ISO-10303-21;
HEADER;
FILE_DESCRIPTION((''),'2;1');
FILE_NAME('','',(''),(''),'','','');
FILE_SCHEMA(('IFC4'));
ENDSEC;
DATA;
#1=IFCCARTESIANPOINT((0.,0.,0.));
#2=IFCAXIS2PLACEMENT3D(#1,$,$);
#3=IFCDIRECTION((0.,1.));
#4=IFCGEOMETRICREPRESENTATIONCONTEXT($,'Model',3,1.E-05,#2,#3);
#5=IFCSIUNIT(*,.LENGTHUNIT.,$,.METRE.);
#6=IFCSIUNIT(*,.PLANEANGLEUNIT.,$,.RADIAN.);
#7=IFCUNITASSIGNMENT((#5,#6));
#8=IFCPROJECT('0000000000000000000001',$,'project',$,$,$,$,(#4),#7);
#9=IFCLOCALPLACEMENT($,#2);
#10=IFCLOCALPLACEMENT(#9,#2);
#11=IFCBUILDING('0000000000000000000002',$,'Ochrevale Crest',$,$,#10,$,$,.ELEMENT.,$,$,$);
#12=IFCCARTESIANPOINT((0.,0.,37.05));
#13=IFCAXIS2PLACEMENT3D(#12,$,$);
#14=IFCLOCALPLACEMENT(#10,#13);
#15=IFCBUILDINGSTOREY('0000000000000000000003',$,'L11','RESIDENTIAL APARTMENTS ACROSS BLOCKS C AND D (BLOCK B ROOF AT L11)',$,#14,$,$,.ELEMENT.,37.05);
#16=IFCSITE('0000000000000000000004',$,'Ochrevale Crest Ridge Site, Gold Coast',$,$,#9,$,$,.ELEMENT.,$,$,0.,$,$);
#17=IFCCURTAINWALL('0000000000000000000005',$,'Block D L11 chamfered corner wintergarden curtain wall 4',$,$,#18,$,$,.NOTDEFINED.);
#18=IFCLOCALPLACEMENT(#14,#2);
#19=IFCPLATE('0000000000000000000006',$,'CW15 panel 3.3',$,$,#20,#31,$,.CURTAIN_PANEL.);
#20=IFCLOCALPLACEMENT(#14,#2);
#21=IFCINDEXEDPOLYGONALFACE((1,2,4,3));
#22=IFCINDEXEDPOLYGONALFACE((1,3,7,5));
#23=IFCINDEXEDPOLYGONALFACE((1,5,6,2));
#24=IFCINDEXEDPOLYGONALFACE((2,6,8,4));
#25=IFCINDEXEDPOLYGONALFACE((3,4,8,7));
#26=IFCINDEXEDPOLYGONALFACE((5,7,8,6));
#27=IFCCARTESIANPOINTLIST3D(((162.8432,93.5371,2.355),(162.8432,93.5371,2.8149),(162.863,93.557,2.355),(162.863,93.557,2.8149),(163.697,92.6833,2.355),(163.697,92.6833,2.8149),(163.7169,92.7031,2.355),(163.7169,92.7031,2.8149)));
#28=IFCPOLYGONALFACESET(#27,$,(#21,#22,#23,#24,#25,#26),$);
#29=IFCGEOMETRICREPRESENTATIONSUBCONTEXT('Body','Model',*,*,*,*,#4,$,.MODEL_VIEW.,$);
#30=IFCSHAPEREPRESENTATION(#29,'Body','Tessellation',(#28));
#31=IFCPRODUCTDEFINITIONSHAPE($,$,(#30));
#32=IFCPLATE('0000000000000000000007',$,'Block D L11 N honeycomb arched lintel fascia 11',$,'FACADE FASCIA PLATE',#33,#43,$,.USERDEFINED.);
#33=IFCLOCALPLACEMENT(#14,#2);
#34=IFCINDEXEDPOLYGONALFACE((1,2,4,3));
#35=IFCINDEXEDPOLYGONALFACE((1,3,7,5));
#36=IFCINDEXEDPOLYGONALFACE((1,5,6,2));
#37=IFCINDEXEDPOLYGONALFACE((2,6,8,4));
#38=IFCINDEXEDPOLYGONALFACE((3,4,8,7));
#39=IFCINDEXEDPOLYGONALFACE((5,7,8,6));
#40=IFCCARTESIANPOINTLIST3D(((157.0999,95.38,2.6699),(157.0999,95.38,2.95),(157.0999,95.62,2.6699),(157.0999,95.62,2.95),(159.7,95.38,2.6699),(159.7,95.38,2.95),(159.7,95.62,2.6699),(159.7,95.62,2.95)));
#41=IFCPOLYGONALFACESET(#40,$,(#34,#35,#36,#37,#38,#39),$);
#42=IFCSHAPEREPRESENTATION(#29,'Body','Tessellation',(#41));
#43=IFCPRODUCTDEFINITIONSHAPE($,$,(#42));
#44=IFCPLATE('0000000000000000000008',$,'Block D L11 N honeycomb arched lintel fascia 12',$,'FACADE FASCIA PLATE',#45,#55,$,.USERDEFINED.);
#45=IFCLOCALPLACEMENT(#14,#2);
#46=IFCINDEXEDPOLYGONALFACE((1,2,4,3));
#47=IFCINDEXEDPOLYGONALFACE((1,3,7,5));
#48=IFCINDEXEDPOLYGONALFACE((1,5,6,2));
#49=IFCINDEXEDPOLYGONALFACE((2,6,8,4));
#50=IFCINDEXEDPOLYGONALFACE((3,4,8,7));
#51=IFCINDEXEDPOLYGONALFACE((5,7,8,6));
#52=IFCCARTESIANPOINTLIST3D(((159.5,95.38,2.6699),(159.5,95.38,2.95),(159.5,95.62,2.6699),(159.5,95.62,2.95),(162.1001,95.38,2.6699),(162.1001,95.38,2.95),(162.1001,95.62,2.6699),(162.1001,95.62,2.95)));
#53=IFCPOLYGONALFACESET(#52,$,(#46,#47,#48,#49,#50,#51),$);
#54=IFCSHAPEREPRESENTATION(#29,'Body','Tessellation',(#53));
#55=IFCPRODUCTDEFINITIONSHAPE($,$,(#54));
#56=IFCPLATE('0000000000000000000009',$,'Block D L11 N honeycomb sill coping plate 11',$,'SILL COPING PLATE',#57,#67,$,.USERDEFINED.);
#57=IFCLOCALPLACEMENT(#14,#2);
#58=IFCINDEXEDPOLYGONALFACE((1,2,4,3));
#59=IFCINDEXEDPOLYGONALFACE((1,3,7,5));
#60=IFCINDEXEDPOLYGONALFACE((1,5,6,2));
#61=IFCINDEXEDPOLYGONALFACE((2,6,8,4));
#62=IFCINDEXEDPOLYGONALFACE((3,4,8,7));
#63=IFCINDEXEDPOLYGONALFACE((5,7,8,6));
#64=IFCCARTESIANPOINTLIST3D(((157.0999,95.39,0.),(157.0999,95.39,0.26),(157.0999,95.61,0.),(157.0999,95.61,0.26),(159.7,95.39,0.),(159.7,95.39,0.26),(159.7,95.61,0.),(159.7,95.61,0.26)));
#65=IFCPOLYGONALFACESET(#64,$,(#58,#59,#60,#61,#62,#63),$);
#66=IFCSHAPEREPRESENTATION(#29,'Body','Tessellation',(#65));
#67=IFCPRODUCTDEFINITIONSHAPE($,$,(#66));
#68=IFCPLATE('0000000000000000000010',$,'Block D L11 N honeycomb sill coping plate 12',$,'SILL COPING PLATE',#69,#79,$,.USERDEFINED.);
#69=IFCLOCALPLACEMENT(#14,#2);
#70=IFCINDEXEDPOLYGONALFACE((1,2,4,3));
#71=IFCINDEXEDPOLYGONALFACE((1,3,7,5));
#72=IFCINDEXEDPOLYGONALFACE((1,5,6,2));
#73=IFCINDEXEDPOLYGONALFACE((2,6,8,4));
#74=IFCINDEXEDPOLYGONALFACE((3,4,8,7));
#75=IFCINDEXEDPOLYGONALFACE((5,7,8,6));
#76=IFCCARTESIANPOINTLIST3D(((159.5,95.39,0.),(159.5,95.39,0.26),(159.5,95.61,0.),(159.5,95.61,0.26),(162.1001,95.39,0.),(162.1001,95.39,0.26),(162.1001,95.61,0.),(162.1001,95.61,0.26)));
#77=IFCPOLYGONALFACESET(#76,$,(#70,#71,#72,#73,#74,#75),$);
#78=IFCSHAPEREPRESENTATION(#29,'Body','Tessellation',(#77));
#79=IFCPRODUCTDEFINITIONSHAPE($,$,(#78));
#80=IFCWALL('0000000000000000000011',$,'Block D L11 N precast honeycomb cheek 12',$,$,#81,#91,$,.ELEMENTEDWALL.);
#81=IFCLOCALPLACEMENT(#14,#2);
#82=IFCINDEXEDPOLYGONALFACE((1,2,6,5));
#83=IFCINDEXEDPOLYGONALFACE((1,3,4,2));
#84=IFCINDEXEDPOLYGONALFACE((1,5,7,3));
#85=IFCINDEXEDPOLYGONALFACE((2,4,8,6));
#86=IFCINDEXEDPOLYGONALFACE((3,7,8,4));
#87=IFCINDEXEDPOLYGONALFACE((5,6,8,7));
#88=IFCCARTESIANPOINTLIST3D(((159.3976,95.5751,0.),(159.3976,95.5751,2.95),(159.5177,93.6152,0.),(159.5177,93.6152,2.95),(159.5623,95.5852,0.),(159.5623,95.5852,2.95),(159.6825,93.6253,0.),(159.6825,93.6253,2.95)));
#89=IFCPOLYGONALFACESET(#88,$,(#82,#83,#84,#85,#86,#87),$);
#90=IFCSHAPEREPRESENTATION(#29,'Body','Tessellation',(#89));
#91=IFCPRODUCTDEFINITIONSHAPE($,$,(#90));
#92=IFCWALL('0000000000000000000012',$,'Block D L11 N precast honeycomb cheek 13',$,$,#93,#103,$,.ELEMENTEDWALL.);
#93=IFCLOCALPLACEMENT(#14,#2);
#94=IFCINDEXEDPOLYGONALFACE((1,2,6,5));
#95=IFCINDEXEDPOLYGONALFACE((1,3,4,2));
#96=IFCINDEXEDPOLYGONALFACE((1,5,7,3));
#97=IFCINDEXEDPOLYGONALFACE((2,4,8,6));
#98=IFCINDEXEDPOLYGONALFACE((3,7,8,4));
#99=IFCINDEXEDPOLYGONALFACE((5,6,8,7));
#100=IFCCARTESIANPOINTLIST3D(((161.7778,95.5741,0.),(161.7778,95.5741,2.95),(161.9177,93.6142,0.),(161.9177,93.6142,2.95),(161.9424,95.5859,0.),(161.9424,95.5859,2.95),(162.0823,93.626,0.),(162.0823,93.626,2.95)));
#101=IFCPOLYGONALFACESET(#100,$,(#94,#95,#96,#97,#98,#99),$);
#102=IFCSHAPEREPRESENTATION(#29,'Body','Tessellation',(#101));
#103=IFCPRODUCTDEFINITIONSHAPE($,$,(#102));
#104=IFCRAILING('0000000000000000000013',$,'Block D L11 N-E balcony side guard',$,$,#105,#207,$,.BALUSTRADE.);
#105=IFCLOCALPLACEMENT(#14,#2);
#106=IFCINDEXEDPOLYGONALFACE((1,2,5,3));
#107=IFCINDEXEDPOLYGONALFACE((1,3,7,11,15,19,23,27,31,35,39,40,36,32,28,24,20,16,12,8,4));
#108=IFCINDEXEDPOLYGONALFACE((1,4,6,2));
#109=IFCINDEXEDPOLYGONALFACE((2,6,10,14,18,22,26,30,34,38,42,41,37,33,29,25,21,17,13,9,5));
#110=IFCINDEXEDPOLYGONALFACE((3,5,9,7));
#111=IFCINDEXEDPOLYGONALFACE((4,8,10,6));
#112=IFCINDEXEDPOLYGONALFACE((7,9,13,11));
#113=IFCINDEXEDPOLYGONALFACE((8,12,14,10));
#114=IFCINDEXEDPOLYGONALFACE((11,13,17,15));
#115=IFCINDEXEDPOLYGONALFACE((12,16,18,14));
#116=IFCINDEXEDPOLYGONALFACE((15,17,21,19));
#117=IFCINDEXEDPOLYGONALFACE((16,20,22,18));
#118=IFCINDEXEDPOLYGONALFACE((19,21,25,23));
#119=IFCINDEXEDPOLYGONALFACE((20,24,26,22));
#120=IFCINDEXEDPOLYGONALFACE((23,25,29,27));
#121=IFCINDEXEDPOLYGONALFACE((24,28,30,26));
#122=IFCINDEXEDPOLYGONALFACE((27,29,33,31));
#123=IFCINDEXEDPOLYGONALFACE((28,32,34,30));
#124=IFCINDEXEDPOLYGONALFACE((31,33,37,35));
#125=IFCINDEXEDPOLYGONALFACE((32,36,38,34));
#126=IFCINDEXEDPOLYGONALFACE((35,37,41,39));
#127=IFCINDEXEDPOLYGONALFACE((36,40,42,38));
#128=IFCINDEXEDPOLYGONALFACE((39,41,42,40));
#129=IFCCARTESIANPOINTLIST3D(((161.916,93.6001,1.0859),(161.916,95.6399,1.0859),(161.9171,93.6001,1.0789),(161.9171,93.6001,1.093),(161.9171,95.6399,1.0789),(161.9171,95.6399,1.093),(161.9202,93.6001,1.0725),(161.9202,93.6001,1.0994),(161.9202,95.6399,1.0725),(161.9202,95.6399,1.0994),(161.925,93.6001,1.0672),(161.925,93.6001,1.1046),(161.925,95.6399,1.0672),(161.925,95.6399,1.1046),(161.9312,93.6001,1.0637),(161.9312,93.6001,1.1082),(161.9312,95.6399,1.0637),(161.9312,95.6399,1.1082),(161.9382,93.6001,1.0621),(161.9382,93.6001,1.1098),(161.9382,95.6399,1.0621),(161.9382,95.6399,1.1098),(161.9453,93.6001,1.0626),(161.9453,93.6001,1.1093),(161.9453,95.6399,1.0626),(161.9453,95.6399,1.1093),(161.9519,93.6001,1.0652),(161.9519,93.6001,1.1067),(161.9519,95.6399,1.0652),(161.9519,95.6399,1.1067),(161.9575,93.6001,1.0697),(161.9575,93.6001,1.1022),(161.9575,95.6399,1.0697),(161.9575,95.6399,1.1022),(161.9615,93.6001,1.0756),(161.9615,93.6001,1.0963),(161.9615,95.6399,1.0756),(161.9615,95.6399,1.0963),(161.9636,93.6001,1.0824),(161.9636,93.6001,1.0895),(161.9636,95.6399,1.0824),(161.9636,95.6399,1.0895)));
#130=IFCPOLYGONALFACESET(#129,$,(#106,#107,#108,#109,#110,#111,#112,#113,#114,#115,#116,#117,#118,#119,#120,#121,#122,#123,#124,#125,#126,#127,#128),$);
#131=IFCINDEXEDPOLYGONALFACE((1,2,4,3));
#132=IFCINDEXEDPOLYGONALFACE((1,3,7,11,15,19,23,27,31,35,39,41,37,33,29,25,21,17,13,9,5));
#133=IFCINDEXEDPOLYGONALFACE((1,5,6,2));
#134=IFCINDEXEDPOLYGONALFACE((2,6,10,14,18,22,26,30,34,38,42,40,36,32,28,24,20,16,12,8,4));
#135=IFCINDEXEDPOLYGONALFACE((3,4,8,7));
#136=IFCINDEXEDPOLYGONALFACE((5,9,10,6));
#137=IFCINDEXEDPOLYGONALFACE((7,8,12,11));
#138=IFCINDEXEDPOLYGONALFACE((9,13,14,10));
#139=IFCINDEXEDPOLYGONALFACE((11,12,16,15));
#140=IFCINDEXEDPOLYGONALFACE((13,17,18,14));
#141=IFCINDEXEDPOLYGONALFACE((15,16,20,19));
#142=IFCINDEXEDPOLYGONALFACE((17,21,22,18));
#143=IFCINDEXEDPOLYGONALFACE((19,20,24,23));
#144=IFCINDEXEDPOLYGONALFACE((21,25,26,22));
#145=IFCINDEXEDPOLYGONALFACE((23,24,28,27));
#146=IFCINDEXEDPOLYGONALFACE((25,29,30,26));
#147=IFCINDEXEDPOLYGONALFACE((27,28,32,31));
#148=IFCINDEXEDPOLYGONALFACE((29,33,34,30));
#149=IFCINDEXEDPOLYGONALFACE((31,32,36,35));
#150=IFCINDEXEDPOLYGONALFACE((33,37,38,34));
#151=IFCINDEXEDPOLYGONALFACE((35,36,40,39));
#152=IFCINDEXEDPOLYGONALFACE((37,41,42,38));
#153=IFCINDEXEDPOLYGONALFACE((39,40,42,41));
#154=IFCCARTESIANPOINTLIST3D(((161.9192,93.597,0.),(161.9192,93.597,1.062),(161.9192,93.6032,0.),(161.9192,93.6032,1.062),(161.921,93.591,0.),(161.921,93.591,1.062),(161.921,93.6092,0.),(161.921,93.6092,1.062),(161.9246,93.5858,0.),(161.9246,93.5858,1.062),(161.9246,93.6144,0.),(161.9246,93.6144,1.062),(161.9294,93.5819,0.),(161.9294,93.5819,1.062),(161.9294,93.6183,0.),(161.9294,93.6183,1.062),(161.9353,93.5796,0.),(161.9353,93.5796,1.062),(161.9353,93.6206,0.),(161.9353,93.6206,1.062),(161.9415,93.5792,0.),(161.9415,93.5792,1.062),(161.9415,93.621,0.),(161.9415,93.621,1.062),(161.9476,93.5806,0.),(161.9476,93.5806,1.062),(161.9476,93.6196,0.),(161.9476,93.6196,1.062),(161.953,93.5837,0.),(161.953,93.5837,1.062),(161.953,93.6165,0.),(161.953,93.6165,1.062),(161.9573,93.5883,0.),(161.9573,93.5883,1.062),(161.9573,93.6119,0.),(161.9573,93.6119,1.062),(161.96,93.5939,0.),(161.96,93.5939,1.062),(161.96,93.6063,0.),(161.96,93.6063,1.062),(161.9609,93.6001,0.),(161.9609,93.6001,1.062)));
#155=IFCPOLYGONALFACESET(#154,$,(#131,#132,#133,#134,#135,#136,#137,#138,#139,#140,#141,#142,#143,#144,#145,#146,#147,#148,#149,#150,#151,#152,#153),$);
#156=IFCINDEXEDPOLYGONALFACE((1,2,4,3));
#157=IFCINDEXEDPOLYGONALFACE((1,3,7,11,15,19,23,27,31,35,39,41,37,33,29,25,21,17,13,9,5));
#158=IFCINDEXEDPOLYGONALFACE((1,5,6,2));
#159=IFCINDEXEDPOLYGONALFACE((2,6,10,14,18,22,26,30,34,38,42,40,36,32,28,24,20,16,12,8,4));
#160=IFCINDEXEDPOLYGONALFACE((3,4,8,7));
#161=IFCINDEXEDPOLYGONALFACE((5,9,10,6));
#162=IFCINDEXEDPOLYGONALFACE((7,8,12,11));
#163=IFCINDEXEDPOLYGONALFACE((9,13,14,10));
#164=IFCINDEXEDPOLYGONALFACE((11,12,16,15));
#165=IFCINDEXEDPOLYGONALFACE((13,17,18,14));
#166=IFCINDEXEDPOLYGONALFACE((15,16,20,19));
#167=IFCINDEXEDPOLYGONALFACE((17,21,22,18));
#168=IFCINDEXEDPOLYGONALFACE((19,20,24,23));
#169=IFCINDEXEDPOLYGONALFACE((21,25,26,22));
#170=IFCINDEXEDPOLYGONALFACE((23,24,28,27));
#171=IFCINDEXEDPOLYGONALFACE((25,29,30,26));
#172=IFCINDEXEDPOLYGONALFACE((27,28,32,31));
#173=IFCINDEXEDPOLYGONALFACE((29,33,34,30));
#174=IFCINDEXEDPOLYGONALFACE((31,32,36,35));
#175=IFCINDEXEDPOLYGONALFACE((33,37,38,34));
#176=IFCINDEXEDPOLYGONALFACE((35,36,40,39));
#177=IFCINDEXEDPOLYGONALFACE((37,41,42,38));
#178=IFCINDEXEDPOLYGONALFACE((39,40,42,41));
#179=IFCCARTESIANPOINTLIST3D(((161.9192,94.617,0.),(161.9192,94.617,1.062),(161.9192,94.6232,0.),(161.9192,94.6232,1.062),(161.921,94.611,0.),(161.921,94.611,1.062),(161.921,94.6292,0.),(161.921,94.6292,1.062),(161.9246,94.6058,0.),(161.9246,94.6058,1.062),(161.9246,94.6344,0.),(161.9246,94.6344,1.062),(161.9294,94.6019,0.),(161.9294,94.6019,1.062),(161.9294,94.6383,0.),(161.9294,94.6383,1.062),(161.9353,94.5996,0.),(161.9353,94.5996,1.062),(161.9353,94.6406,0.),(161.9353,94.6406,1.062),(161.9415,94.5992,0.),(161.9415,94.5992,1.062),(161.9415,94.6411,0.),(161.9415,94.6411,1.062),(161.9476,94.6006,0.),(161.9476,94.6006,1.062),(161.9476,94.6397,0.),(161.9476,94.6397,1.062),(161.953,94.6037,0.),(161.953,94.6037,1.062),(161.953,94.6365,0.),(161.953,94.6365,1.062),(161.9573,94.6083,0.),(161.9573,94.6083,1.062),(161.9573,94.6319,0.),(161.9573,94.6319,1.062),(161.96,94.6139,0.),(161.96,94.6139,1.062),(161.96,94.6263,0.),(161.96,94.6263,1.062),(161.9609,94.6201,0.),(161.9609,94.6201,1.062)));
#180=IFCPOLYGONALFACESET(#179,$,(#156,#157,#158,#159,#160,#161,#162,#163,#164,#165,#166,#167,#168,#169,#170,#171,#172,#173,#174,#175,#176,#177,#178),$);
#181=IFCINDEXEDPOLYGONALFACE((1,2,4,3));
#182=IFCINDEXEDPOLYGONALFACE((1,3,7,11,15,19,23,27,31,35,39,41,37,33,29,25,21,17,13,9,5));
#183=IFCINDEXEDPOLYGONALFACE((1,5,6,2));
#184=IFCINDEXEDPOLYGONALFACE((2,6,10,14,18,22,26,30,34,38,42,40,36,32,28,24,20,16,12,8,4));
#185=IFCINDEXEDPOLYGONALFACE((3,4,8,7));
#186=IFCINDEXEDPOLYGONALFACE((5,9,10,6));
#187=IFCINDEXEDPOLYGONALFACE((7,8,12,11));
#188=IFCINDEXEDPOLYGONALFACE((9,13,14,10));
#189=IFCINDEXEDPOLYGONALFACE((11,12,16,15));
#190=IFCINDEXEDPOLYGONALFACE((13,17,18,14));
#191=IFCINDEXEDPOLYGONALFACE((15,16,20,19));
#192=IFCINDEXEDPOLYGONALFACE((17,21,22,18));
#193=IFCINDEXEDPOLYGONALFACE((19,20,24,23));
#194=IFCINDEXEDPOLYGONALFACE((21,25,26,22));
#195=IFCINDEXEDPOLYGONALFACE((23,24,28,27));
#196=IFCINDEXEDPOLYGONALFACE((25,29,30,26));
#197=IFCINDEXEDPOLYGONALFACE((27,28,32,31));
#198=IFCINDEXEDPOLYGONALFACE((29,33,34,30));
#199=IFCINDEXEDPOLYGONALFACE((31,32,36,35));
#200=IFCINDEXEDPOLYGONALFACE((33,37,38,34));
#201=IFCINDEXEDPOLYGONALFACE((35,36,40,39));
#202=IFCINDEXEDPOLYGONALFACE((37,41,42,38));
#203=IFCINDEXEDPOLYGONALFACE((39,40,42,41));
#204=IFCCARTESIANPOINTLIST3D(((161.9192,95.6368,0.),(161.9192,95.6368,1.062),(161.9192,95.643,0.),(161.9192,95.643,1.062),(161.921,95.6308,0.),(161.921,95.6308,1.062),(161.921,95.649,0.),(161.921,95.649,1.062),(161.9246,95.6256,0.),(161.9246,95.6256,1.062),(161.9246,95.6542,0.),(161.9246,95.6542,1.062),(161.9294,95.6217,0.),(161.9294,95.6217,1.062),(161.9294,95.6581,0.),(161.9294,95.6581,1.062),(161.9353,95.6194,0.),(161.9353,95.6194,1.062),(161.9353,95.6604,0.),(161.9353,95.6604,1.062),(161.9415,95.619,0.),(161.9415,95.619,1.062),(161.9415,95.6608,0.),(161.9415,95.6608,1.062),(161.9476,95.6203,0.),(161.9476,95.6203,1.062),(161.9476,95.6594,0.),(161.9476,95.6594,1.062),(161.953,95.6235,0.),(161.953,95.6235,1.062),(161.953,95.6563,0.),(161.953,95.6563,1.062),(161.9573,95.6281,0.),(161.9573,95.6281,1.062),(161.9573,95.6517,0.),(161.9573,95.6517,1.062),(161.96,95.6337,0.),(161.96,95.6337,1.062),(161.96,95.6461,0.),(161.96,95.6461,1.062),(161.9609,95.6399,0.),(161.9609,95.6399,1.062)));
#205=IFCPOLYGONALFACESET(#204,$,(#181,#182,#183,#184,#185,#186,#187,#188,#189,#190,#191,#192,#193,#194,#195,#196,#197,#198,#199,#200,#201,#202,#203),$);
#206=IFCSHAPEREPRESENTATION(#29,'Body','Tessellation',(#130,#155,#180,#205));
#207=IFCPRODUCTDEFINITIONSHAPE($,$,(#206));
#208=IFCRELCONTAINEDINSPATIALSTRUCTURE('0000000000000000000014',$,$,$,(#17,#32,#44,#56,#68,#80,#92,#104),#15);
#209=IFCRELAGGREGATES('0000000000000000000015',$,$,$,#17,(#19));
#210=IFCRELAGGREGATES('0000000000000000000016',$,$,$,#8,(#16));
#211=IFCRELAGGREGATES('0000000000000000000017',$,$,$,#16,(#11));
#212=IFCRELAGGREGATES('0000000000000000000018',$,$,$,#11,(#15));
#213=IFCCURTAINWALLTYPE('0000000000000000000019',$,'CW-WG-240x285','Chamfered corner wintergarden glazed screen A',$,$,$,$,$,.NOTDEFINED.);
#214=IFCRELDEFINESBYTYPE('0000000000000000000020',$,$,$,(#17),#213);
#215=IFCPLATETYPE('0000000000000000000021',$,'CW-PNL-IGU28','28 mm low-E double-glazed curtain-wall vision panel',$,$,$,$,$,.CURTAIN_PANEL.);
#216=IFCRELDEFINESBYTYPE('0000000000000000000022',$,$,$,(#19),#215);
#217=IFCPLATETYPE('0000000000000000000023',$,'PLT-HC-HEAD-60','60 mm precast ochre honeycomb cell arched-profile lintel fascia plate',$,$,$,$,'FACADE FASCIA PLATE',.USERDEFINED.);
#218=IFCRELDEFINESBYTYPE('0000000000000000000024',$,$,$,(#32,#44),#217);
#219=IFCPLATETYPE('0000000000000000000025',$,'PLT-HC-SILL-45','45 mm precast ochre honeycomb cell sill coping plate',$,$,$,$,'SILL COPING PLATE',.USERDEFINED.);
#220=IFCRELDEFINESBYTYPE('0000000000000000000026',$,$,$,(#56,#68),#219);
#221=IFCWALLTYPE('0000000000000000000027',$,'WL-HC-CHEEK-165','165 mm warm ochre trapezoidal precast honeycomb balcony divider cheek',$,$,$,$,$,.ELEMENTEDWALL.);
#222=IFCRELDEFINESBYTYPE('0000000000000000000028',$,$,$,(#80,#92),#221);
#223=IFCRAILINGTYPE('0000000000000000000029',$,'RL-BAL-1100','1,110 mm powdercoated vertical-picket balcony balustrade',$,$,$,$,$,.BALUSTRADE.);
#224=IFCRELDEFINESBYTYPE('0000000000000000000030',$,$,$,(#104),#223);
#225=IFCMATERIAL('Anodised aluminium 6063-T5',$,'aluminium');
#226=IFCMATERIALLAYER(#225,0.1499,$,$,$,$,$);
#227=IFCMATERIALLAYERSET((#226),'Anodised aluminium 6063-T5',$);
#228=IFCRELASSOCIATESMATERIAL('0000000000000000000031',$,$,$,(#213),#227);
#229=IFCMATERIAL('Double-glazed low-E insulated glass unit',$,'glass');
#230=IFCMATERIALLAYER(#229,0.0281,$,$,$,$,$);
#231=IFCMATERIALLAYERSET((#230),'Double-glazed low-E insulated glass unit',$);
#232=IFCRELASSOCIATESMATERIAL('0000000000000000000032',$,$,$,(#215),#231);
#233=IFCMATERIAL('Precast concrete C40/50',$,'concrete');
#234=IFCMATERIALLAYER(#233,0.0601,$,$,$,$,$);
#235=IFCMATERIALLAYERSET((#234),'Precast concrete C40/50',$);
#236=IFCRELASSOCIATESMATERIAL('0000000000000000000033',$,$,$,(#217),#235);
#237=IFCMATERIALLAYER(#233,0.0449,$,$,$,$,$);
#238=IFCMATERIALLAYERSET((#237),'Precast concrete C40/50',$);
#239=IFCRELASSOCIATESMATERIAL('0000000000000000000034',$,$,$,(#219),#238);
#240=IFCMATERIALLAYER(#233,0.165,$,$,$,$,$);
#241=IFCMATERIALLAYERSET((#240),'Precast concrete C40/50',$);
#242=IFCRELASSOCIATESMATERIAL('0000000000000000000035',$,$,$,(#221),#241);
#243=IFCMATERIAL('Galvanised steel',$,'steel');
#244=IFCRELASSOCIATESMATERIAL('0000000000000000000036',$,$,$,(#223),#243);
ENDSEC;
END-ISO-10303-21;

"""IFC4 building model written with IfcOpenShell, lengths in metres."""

from ifc_helpers import new_model, si_unit, direction, frame, frame_2d, origin, origin_2d, place, context, subcontext, project, spatial, rectangle, circle, extrude, material, layer, layer_set, type_object, element, aggregate, save


model = new_model("IFC4")

# Units and contexts
model_context = context("Model", 3, precision=1e-05, world=origin(), true_north=direction((0.0, 1.0)))
body_context = subcontext(model_context, "Body", "Model", "MODEL_VIEW")
ifc_project = project(units=[si_unit("LENGTHUNIT", "METRE"), si_unit("PLANEANGLEUNIT", "RADIAN")], contexts=[model_context])

# Site, building, storey
site_placement = place(None, origin())
site = spatial("IfcSite", under=ifc_project, at=site_placement, Name="Ochrevale Crest Ridge Site, Gold Coast", CompositionType="ELEMENT", RefElevation=0.0)
building_placement = place(site_placement, origin())
building = spatial("IfcBuilding", under=site, at=building_placement, Name="Ochrevale Crest", CompositionType="ELEMENT")
storey_placement = place(building_placement, frame((0.0, 0.0, 37.05)))
storey = spatial("IfcBuildingStorey", under=building, at=storey_placement, Name="L11", Description="RESIDENTIAL APARTMENTS ACROSS BLOCKS C AND D (BLOCK B ROOF AT L11)", CompositionType="ELEMENT", Elevation=37.05)

# Shared definitions
ifc_material_1 = material(Name="Precast concrete C40/50", Category="concrete")

# Curtain wall, plate
ifc_material_2 = material(Name="Anodised aluminium 6063-T5", Category="aluminium")
ifc_layer_1 = layer(ifc_material_2, 0.1499)
ifc_layer_set_1 = layer_set([ifc_layer_1], Name="Anodised aluminium 6063-T5")
curtain_wall_type = type_object("IfcCurtainWallType", Name="CW-WG-240x285", Description="Chamfered corner wintergarden glazed screen A", PredefinedType="NOTDEFINED", material=ifc_layer_set_1)
curtain_wall_placement = place(storey_placement, origin())
curtain_wall = element("IfcCurtainWall", 1, at=curtain_wall_placement, inside=storey, type_object=curtain_wall_type, Name="Block D L11 chamfered corner wintergarden curtain wall 4", PredefinedType="NOTDEFINED")
ifc_material_3 = material(Name="Double-glazed low-E insulated glass unit", Category="glass")
ifc_layer_2 = layer(ifc_material_3, 0.0281)
ifc_layer_set_2 = layer_set([ifc_layer_2], Name="Double-glazed low-E insulated glass unit")
plate_type_1 = type_object("IfcPlateType", Name="CW-PNL-IGU28", Description="28 mm low-E double-glazed curtain-wall vision panel", PredefinedType="CURTAIN_PANEL", material=ifc_layer_set_2)
plate_1_placement = place(storey_placement, frame((163.28, 93.1201, 2.355), z_axis=(0.0, 0.0, 1.0), x_axis=(-0.707107, 0.707107, 0.0)))
plate_1 = element("IfcPlate", 2, at=plate_1_placement, type_object=plate_type_1, Name="CW15 panel 3.3", PredefinedType="CURTAIN_PANEL", context=body_context, shape_type="SweptSolid", body=[
    extrude(rectangle(XDim=1.2075, YDim=0.0281, at=origin_2d()), origin(), (0.0, 0.0, 1.0), 0.46),
])
aggregate(curtain_wall, [plate_1])

# Plates
ifc_layer_3 = layer(ifc_material_1, 0.0601)
ifc_layer_set_3 = layer_set([ifc_layer_3], Name="Precast concrete C40/50")
plate_type_2 = type_object("IfcPlateType", Name="PLT-HC-HEAD-60", Description="60 mm precast ochre honeycomb cell arched-profile lintel fascia plate", ElementType="FACADE FASCIA PLATE", PredefinedType="USERDEFINED", material=ifc_layer_set_3)
for number, where, z_axis, x_axis, name in (
    (3, (158.3999, 95.5, 2.6699), (0.0, 0.0, 1.0), (1.0, 0.0, 0.0), "Block D L11 N honeycomb arched lintel fascia 11"),
    (4, (160.8, 95.5, 2.6699), (0.0, 0.0, 1.0), (1.0, 0.0, 0.0), "Block D L11 N honeycomb arched lintel fascia 12"),
):
    element("IfcPlate", number, at=place(storey_placement, frame(where, z_axis=z_axis, x_axis=x_axis)), inside=storey, type_object=plate_type_2, Name=name, ObjectType="FACADE FASCIA PLATE", PredefinedType="USERDEFINED", context=body_context, shape_type="SweptSolid", body=[
        extrude(rectangle(XDim=2.6001, YDim=0.24, at=origin_2d()), origin(), (0.0, 0.0, 1.0), 0.28),
    ])
ifc_layer_4 = layer(ifc_material_1, 0.0449)
ifc_layer_set_4 = layer_set([ifc_layer_4], Name="Precast concrete C40/50")
plate_type_3 = type_object("IfcPlateType", Name="PLT-HC-SILL-45", Description="45 mm precast ochre honeycomb cell sill coping plate", ElementType="SILL COPING PLATE", PredefinedType="USERDEFINED", material=ifc_layer_set_4)
for number, where, z_axis, x_axis, name in (
    (5, (158.3999, 95.5, 0.0), (0.0, 0.0, 1.0), (1.0, 0.0, 0.0), "Block D L11 N honeycomb sill coping plate 11"),
    (6, (160.8, 95.5, 0.0), (0.0, 0.0, 1.0), (1.0, 0.0, 0.0), "Block D L11 N honeycomb sill coping plate 12"),
):
    element("IfcPlate", number, at=place(storey_placement, frame(where, z_axis=z_axis, x_axis=x_axis)), inside=storey, type_object=plate_type_3, Name=name, ObjectType="SILL COPING PLATE", PredefinedType="USERDEFINED", context=body_context, shape_type="SweptSolid", body=[
        extrude(rectangle(XDim=2.6001, YDim=0.22, at=origin_2d()), origin(), (0.0, 0.0, 1.0), 0.26),
    ])

# Walls
ifc_layer_5 = layer(ifc_material_1, 0.165)
ifc_layer_set_5 = layer_set([ifc_layer_5], Name="Precast concrete C40/50")
wall_type_1 = type_object("IfcWallType", Name="WL-HC-CHEEK-165", Description="165 mm warm ochre trapezoidal precast honeycomb balcony divider cheek", PredefinedType="ELEMENTEDWALL", material=ifc_layer_set_5)
wall_1_placement = place(storey_placement, frame((159.6001, 93.6201, 0.0), z_axis=(0.0, 0.0, 1.0), x_axis=(-0.061171, 0.998127, 0.0)))
element("IfcWall", 7, at=wall_1_placement, inside=storey, type_object=wall_type_1, Name="Block D L11 N precast honeycomb cheek 12", PredefinedType="ELEMENTEDWALL", context=body_context, shape_type="SweptSolid", body=[
    extrude(rectangle(XDim=1.9636, YDim=0.165, at=frame_2d((0.9819, 0.0))), origin(), (0.0, 0.0, 1.0), 2.95),
])
wall_2_placement = place(storey_placement, frame((162.0, 93.6201, 0.0), z_axis=(0.0, 0.0, 1.0), x_axis=(-0.071194, 0.997462, 0.0)))
element("IfcWall", 8, at=wall_2_placement, inside=storey, type_object=wall_type_1, Name="Block D L11 N precast honeycomb cheek 13", PredefinedType="ELEMENTEDWALL", context=body_context, shape_type="SweptSolid", body=[
    extrude(rectangle(XDim=1.9648, YDim=0.165, at=frame_2d((0.9824, 0.0))), origin(), (0.0, 0.0, 1.0), 2.95),
])

# Railing
ifc_material_4 = material(Name="Galvanised steel", Category="steel")
railing_type = type_object("IfcRailingType", Name="RL-BAL-1100", Description="1,110 mm powdercoated vertical-picket balcony balustrade", PredefinedType="BALUSTRADE", material=ifc_material_4)
railing_placement = place(storey_placement, frame((161.9399, 93.6001, 0.0)))
element("IfcRailing", 9, at=railing_placement, inside=storey, type_object=railing_type, Name="Block D L11 N-E balcony side guard", PredefinedType="BALUSTRADE", context=body_context, shape_type="SweptSolid", body=[
    extrude(circle(Radius=0.0239, at=origin_2d()), frame((0.0, 0.0, 1.0859), z_axis=(0.0, 1.0, 0.0), x_axis=(-1.0, 0.0, 0.0)), (0.0, 0.0, 1.0), 2.0398),
    extrude(circle(Radius=0.021, at=origin_2d()), origin(), (0.0, 0.0, 1.0), 1.062),
    extrude(circle(Radius=0.021, at=origin_2d()), frame((0.0, 1.02, 0.0)), (0.0, 0.0, 1.0), 1.062),
    extrude(circle(Radius=0.021, at=origin_2d()), frame((0.0, 2.0398, 0.0)), (0.0, 0.0, 1.0), 1.062),
])

save(model, "model.ifc")
